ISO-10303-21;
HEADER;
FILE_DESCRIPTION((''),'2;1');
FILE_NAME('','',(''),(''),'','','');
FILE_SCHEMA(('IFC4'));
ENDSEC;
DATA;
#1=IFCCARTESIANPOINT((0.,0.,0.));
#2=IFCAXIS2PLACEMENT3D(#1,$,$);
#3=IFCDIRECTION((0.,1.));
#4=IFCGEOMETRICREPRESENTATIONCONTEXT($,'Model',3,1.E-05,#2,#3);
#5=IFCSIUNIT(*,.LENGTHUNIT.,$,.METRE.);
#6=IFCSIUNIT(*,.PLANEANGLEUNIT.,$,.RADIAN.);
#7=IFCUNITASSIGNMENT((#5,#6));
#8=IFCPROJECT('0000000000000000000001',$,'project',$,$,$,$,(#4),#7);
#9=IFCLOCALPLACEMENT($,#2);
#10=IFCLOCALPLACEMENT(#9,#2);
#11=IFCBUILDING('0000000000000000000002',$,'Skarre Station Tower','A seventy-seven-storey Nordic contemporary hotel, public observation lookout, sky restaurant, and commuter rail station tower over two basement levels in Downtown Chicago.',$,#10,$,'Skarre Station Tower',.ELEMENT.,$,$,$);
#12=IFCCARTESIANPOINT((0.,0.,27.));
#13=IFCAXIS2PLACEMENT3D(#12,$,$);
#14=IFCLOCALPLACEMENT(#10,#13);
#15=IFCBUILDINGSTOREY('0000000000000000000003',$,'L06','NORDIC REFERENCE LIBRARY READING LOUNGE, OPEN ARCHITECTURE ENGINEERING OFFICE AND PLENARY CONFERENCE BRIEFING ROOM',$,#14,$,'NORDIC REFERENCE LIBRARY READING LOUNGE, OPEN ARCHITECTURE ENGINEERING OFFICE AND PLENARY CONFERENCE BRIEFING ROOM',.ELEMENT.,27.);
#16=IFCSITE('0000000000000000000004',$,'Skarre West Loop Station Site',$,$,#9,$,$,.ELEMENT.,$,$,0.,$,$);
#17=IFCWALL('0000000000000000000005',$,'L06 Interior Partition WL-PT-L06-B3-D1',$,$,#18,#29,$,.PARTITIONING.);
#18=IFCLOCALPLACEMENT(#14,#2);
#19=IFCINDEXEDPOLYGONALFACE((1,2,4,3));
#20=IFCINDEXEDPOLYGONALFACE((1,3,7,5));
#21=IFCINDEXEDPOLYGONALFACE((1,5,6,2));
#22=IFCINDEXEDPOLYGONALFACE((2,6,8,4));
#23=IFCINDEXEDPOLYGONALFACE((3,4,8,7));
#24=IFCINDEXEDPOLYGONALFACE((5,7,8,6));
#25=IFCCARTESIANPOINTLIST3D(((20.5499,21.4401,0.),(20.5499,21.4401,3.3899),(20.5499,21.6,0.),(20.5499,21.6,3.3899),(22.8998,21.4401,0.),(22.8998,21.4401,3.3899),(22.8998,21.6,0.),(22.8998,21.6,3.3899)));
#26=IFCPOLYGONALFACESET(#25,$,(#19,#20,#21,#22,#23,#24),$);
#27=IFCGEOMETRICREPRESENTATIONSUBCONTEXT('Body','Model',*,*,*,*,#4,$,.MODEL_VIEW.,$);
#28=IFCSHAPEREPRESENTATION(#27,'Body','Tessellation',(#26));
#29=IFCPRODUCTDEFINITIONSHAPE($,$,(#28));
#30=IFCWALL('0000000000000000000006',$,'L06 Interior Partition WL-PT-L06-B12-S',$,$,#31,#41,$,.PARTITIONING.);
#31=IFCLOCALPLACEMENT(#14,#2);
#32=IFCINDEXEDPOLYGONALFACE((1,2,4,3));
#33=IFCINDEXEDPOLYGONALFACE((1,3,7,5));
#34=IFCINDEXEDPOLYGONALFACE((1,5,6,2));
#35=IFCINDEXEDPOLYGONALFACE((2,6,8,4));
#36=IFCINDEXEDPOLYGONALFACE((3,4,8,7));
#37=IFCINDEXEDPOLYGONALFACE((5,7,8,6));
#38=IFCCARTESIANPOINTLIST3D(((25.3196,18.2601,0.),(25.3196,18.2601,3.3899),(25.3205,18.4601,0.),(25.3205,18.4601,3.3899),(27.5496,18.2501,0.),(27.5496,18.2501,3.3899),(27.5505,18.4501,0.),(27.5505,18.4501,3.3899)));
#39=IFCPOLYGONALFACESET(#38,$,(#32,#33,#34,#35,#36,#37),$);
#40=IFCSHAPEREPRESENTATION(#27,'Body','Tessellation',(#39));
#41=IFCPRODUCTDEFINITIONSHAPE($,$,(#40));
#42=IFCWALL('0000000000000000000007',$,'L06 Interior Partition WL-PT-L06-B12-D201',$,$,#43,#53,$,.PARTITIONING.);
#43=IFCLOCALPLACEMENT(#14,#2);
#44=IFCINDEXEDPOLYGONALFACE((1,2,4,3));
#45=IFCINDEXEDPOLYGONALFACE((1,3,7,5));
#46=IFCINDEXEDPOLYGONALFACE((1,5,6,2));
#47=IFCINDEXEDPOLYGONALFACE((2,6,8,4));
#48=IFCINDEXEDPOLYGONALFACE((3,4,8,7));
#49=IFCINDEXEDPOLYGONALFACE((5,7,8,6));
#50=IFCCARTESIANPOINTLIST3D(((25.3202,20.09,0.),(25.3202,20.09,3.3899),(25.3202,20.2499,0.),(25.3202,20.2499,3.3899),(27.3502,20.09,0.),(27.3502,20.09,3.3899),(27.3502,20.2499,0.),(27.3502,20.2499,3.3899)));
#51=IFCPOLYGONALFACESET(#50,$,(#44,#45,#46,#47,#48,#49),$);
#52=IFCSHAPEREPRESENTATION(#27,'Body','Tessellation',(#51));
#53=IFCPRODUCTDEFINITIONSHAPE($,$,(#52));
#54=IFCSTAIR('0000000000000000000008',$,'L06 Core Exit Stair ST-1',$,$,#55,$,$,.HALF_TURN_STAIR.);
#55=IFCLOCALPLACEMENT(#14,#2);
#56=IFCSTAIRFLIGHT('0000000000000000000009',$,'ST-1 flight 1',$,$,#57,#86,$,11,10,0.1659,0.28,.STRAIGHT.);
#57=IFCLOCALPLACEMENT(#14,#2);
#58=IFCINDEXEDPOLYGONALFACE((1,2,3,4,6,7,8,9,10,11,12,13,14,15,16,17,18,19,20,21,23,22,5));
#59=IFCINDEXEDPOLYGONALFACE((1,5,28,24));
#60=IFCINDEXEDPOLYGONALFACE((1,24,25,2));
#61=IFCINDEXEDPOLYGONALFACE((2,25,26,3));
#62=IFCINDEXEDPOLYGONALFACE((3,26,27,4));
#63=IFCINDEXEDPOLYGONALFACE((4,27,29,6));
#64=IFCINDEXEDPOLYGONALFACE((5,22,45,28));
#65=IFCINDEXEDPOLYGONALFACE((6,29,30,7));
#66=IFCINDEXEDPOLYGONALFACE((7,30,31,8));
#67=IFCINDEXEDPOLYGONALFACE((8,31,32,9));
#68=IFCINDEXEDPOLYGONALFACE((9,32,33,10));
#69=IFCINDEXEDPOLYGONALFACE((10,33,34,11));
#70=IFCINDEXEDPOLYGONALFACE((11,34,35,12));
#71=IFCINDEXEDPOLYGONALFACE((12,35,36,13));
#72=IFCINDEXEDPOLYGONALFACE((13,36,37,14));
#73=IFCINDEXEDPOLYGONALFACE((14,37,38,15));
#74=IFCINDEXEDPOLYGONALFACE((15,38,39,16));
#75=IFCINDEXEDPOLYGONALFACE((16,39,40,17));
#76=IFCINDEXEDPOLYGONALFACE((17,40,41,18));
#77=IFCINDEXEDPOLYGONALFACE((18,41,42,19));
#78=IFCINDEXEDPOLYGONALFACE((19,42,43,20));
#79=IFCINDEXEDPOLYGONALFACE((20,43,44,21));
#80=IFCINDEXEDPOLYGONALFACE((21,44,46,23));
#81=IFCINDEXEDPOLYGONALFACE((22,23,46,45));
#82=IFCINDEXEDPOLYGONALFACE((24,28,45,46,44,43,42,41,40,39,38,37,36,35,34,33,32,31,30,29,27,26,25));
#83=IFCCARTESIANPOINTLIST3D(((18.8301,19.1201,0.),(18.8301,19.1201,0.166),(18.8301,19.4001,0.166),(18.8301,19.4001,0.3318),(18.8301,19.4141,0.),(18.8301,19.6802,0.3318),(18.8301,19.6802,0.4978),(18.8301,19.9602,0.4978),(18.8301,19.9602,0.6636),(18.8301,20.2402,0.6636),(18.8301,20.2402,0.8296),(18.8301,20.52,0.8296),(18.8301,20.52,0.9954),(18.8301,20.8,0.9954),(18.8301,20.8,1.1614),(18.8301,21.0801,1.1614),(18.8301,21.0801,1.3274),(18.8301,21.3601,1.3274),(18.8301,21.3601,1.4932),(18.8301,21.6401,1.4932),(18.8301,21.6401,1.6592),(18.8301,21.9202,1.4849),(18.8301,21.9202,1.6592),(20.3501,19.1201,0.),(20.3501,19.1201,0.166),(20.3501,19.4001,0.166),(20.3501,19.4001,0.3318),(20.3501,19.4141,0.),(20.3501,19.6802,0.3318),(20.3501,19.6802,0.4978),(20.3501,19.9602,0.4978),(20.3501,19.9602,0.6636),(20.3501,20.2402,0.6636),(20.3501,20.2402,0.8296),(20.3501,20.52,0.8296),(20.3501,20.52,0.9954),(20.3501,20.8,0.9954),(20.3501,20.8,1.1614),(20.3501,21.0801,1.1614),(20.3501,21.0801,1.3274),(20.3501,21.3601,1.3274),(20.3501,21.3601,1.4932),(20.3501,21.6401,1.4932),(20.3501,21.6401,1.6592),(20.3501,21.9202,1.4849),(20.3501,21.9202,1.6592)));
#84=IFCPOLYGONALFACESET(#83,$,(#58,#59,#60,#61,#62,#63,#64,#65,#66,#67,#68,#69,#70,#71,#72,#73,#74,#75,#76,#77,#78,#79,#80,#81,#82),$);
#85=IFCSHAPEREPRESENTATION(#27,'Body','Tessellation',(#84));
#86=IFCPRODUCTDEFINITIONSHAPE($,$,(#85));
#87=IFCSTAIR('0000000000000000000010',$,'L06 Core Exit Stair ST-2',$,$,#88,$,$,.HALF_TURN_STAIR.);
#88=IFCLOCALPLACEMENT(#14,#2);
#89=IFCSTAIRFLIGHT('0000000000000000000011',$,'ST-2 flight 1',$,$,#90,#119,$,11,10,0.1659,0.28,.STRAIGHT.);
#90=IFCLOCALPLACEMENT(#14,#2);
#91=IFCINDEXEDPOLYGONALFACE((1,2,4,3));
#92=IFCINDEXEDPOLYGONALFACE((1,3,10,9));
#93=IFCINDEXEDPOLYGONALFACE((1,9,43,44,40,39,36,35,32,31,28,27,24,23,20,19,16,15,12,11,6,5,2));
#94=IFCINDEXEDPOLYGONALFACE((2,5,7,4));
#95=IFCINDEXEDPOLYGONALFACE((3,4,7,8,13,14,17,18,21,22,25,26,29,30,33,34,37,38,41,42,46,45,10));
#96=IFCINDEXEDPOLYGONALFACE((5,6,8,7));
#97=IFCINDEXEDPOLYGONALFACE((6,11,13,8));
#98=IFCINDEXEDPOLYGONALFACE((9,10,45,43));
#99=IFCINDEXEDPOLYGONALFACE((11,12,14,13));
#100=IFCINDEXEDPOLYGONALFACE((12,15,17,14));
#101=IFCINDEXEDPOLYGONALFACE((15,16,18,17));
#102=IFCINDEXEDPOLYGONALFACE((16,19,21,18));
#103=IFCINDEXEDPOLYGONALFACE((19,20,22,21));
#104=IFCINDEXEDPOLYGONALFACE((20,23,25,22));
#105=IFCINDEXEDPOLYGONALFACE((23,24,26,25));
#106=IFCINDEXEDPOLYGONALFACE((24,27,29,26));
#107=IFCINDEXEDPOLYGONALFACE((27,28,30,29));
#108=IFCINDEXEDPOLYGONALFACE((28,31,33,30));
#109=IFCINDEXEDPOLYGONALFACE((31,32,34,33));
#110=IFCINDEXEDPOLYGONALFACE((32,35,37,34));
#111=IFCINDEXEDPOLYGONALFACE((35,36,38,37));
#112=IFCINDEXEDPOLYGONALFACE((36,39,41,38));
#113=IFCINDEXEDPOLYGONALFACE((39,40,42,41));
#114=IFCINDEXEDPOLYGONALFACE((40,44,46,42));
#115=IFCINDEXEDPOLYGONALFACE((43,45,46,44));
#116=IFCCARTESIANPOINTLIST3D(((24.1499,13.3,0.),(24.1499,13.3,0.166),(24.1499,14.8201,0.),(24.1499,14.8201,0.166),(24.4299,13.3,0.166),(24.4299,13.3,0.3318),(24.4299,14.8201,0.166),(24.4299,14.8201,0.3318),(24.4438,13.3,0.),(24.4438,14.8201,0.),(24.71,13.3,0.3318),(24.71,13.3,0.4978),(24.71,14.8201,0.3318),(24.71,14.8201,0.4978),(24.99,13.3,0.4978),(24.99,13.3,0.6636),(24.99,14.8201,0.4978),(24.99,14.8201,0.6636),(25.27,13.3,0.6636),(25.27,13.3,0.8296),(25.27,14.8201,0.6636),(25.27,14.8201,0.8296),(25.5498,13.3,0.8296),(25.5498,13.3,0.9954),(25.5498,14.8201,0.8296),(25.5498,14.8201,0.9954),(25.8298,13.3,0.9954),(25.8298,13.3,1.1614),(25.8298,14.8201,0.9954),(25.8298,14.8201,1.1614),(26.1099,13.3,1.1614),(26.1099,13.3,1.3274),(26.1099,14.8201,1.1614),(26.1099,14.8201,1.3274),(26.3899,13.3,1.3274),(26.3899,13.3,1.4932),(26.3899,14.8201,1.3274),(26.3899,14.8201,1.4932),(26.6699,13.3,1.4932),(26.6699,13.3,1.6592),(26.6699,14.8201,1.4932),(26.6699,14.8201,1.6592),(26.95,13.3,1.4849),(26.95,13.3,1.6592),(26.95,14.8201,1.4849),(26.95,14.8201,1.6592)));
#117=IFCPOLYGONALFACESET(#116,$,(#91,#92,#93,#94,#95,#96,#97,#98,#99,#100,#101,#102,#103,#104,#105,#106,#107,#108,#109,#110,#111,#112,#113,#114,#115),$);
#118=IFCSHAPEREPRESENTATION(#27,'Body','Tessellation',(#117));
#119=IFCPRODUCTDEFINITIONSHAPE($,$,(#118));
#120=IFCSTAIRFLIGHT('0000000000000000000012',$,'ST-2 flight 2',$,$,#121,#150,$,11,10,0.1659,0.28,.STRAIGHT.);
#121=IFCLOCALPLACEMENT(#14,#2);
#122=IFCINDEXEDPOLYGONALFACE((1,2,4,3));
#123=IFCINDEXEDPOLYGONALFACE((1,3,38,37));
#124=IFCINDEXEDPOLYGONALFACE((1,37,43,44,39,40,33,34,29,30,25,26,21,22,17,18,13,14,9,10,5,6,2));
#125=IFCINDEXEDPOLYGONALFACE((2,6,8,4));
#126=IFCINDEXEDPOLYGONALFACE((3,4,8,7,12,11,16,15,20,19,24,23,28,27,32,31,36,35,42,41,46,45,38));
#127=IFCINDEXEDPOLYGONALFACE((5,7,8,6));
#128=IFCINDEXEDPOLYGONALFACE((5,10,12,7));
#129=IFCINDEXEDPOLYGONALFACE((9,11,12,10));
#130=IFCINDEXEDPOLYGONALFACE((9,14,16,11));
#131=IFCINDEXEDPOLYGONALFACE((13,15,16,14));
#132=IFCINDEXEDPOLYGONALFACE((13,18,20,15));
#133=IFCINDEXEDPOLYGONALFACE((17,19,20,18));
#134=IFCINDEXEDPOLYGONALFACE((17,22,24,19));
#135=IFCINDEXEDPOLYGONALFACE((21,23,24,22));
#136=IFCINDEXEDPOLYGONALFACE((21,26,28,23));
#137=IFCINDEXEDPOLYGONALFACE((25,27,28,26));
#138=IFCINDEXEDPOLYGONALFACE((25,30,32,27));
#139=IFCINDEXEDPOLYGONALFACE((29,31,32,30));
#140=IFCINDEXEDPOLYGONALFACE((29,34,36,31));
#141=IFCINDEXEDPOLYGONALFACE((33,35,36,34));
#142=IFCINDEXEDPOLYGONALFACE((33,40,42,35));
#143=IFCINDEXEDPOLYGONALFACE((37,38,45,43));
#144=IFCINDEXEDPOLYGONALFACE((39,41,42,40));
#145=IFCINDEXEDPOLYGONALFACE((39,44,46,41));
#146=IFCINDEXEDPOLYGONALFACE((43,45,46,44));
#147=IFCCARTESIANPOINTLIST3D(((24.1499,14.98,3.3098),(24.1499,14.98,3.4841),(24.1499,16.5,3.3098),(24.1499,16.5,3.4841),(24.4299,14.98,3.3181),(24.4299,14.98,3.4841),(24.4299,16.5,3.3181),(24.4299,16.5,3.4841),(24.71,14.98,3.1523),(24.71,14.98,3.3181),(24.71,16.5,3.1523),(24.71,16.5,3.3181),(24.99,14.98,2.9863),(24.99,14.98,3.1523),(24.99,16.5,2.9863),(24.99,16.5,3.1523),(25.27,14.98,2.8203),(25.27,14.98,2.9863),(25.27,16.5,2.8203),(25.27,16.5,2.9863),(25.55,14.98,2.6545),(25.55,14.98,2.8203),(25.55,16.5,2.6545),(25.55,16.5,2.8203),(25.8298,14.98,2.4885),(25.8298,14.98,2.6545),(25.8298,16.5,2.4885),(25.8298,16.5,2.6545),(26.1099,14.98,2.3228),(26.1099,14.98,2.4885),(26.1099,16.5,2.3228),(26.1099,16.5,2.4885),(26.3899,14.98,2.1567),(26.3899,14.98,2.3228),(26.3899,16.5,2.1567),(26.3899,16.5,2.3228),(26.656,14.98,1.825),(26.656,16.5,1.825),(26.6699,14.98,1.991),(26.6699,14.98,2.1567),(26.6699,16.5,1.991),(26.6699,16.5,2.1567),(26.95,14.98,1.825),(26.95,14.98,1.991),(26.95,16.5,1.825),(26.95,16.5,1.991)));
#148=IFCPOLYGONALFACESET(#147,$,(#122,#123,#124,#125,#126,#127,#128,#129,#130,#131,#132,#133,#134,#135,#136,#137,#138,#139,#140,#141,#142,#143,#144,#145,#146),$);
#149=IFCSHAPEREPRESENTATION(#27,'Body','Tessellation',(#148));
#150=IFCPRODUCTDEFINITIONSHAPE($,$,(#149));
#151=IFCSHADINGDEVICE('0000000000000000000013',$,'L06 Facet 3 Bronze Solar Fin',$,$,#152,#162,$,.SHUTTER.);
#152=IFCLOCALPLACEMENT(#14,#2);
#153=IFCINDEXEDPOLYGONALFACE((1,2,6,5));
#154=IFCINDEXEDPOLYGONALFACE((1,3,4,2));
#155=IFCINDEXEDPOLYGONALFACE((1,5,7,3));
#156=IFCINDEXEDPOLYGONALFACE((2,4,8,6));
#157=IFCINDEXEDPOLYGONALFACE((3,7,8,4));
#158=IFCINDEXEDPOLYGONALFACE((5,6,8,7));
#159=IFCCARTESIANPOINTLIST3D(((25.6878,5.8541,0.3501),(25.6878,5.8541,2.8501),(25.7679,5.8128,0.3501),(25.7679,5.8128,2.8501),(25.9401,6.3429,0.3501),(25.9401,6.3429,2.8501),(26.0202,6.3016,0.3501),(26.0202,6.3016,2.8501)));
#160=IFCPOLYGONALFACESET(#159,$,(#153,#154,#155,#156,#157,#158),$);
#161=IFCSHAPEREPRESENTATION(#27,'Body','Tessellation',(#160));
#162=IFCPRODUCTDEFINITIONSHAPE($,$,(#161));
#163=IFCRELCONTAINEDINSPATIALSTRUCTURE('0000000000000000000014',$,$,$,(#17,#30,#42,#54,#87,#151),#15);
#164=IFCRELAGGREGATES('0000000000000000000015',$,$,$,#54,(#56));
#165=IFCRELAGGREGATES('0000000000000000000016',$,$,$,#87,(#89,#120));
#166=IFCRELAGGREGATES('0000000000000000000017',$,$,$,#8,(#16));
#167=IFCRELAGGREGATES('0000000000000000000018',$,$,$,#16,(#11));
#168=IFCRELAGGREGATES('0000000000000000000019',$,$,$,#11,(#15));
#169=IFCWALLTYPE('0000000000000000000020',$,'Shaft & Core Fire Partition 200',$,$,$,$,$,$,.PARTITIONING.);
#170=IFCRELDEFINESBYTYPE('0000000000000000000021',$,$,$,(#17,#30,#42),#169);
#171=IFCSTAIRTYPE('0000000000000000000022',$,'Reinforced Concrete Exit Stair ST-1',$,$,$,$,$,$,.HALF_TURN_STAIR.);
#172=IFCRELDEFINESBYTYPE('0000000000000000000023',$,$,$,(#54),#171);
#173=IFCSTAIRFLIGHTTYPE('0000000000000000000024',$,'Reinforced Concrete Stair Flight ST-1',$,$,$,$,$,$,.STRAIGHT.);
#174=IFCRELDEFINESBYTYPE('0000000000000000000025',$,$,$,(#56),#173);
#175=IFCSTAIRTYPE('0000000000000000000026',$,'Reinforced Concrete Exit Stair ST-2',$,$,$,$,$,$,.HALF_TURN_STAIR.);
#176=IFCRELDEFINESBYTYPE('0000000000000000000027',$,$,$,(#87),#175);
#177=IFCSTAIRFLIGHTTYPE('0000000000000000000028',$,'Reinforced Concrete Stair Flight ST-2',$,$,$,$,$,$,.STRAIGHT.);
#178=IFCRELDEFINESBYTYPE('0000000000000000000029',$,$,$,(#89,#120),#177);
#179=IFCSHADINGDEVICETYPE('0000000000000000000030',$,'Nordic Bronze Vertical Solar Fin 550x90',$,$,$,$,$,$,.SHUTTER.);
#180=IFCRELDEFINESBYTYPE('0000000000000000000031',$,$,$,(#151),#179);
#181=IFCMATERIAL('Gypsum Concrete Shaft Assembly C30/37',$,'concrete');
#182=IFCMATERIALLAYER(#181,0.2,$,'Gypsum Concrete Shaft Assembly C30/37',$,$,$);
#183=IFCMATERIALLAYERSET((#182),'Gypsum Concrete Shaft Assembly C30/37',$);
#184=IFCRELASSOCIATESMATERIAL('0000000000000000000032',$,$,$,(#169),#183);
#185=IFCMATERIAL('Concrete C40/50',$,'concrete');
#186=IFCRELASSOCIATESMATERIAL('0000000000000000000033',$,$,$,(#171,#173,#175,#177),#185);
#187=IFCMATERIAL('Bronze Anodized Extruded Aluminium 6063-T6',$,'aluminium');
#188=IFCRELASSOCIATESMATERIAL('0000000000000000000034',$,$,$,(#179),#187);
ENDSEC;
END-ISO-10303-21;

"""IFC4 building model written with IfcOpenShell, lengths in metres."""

from ifc_helpers import new_model, si_unit, direction, frame, frame_2d, origin, origin_2d, place, context, subcontext, project, spatial, polyline, rectangle, outline, extrude, material, layer, layer_set, type_object, element, aggregate, save


model = new_model("IFC4")

# Units and contexts
model_context = context("Model", 3, precision=1e-05, world=origin(), true_north=direction((0.0, 1.0)))
body_context = subcontext(model_context, "Body", "Model", "MODEL_VIEW")
ifc_project = project(units=[si_unit("LENGTHUNIT", "METRE"), si_unit("PLANEANGLEUNIT", "RADIAN")], contexts=[model_context])

# Site, building, storey
site_placement = place(None, origin())
site = spatial("IfcSite", under=ifc_project, at=site_placement, Name="Skarre West Loop Station Site", CompositionType="ELEMENT", RefElevation=0.0)
building_placement = place(site_placement, origin())
building = spatial("IfcBuilding", under=site, at=building_placement, Name="Skarre Station Tower", Description="A seventy-seven-storey Nordic contemporary hotel, public observation lookout, sky restaurant, and commuter rail station tower over two basement levels in Downtown Chicago.", LongName="Skarre Station Tower", CompositionType="ELEMENT")
storey_placement = place(building_placement, frame((0.0, 0.0, 27.0)))
storey = spatial("IfcBuildingStorey", under=building, at=storey_placement, Name="L06", Description="NORDIC REFERENCE LIBRARY READING LOUNGE, OPEN ARCHITECTURE ENGINEERING OFFICE AND PLENARY CONFERENCE BRIEFING ROOM", LongName="NORDIC REFERENCE LIBRARY READING LOUNGE, OPEN ARCHITECTURE ENGINEERING OFFICE AND PLENARY CONFERENCE BRIEFING ROOM", CompositionType="ELEMENT", Elevation=27.0)

# Walls
ifc_material_1 = material(Name="Gypsum Concrete Shaft Assembly C30/37", Category="concrete")
ifc_layer_1 = layer(ifc_material_1, 0.2, Name="Gypsum Concrete Shaft Assembly C30/37")
ifc_layer_set_1 = layer_set([ifc_layer_1], Name="Gypsum Concrete Shaft Assembly C30/37")
wall_type_1 = type_object("IfcWallType", Name="Shaft & Core Fire Partition 200", PredefinedType="PARTITIONING", material=ifc_layer_set_1)
wall_1_placement = place(storey_placement, frame((20.55, 21.52, 0.0), z_axis=(0.0, 0.0, 1.0), x_axis=(1.0, 0.0, 0.0)))
element("IfcWall", 1, at=wall_1_placement, inside=storey, type_object=wall_type_1, Name="L06 Interior Partition WL-PT-L06-B3-D1", PredefinedType="PARTITIONING", context=body_context, shape_type="SweptSolid", body=[
    extrude(rectangle(XDim=2.3499, YDim=0.1599, at=frame_2d((1.1748, 0.0))), origin(), (0.0, 0.0, 1.0), 3.3899),
])
wall_2_placement = place(storey_placement, frame((25.3201, 18.3601, 0.0), z_axis=(0.0, 0.0, 1.0), x_axis=(0.99999, -0.004489, 0.0)))
element("IfcWall", 2, at=wall_2_placement, inside=storey, type_object=wall_type_1, Name="L06 Interior Partition WL-PT-L06-B12-S", PredefinedType="PARTITIONING", context=body_context, shape_type="SweptSolid", body=[
    extrude(rectangle(XDim=2.23, YDim=0.2, at=frame_2d((1.115, 0.0))), origin(), (0.0, 0.0, 1.0), 3.3899),
])
wall_3_placement = place(storey_placement, frame((25.3201, 20.1699, 0.0), z_axis=(0.0, 0.0, 1.0), x_axis=(1.0, 0.0, 0.0)))
element("IfcWall", 3, at=wall_3_placement, inside=storey, type_object=wall_type_1, Name="L06 Interior Partition WL-PT-L06-B12-D201", PredefinedType="PARTITIONING", context=body_context, shape_type="SweptSolid", body=[
    extrude(rectangle(XDim=2.03, YDim=0.1599, at=frame_2d((1.0151, 0.0))), origin(), (0.0, 0.0, 1.0), 3.3899),
])

# Stair, stair flight
ifc_material_2 = material(Name="Concrete C40/50", Category="concrete")
stair_type_1 = type_object("IfcStairType", Name="Reinforced Concrete Exit Stair ST-1", PredefinedType="HALF_TURN_STAIR", material=ifc_material_2)
stair_1_placement = place(storey_placement, origin())
stair_1 = element("IfcStair", 4, at=stair_1_placement, inside=storey, type_object=stair_type_1, Name="L06 Core Exit Stair ST-1", PredefinedType="HALF_TURN_STAIR")
stair_flight_type_1 = type_object("IfcStairFlightType", Name="Reinforced Concrete Stair Flight ST-1", PredefinedType="STRAIGHT", material=ifc_material_2)
stair_flight_1_placement = place(storey_placement, frame((19.5901, 19.1201, 0.0), z_axis=(0.0, 0.0, 1.0), x_axis=(0.0, 1.0, 0.0)))
stair_flight_1 = element("IfcStairFlight", 5, at=stair_flight_1_placement, type_object=stair_flight_type_1, Name="ST-1 flight 1", NumberOfRisers=11, NumberOfTreads=10, PredefinedType="STRAIGHT", RiserHeight=0.1659, TreadLength=0.28, context=body_context, shape_type="SweptSolid", body=[
    extrude(outline(polyline([(0.0, 0.0), (0.0, 0.166), (0.28, 0.166), (0.28, 0.3318), (0.5601, 0.3318), (0.5601, 0.4978), (0.8401, 0.4978), (0.8401, 0.6636), (1.1201, 0.6636), (1.1201, 0.8296), (1.3999, 0.8296), (1.3999, 0.9954), (1.6799, 0.9954), (1.6799, 1.1614), (1.96, 1.1614), (1.96, 1.3274), (2.24, 1.3274), (2.24, 1.4932), (2.52, 1.4932), (2.52, 1.6592), (2.8, 1.6592), (2.8, 1.825), (2.8, 1.4849), (0.2939, 0.0), (0.0, 0.0)])), frame((0.0, 0.76, 0.0), z_axis=(0.0, -1.0, 0.0), x_axis=(1.0, 0.0, 0.0)), (0.0, 0.0, 1.0), 1.52),
])
aggregate(stair_1, [stair_flight_1])

# Stair, stair flights
stair_type_2 = type_object("IfcStairType", Name="Reinforced Concrete Exit Stair ST-2", PredefinedType="HALF_TURN_STAIR", material=ifc_material_2)
stair_2_placement = place(storey_placement, origin())
stair_2 = element("IfcStair", 6, at=stair_2_placement, inside=storey, type_object=stair_type_2, Name="L06 Core Exit Stair ST-2", PredefinedType="HALF_TURN_STAIR")
stair_flight_type_2 = type_object("IfcStairFlightType", Name="Reinforced Concrete Stair Flight ST-2", PredefinedType="STRAIGHT", material=ifc_material_2)
stair_flight_2_placement = place(storey_placement, frame((24.1499, 14.0601, 0.0), z_axis=(0.0, 0.0, 1.0), x_axis=(1.0, 0.0, 0.0)))
stair_flight_2 = element("IfcStairFlight", 7, at=stair_flight_2_placement, type_object=stair_flight_type_2, Name="ST-2 flight 1", NumberOfRisers=11, NumberOfTreads=10, PredefinedType="STRAIGHT", RiserHeight=0.1659, TreadLength=0.28, context=body_context, shape_type="SweptSolid", body=[
    extrude(outline(polyline([(0.0, 0.0), (0.0, 0.166), (0.28, 0.166), (0.28, 0.3318), (0.5601, 0.3318), (0.5601, 0.4978), (0.8401, 0.4978), (0.8401, 0.6636), (1.1201, 0.6636), (1.1201, 0.8296), (1.3999, 0.8296), (1.3999, 0.9954), (1.6799, 0.9954), (1.6799, 1.1614), (1.96, 1.1614), (1.96, 1.3274), (2.24, 1.3274), (2.24, 1.4932), (2.52, 1.4932), (2.52, 1.6592), (2.8, 1.6592), (2.8, 1.825), (2.8, 1.4849), (0.2939, 0.0), (0.0, 0.0)])), frame((0.0, 0.76, 0.0), z_axis=(0.0, -1.0, 0.0), x_axis=(1.0, 0.0, 0.0)), (0.0, 0.0, 1.0), 1.52),
])
stair_flight_3_placement = place(storey_placement, frame((26.95, 15.74, 1.825), z_axis=(0.0, 0.0, 1.0), x_axis=(-1.0, 0.0, 0.0)))
stair_flight_3 = element("IfcStairFlight", 8, at=stair_flight_3_placement, type_object=stair_flight_type_2, Name="ST-2 flight 2", NumberOfRisers=11, NumberOfTreads=10, PredefinedType="STRAIGHT", RiserHeight=0.1659, TreadLength=0.28, context=body_context, shape_type="SweptSolid", body=[
    extrude(outline(polyline([(0.0, 0.0), (0.0, 0.166), (0.28, 0.166), (0.28, 0.3318), (0.5601, 0.3318), (0.5601, 0.4978), (0.8401, 0.4978), (0.8401, 0.6636), (1.1201, 0.6636), (1.1201, 0.8296), (1.3999, 0.8296), (1.3999, 0.9954), (1.6799, 0.9954), (1.6799, 1.1614), (1.96, 1.1614), (1.96, 1.3274), (2.24, 1.3274), (2.24, 1.4932), (2.52, 1.4932), (2.52, 1.6592), (2.8, 1.6592), (2.8, 1.825), (2.8, 1.4849), (0.2939, 0.0), (0.0, 0.0)])), frame((0.0, 0.76, 0.0), z_axis=(0.0, -1.0, 0.0), x_axis=(1.0, 0.0, 0.0)), (0.0, 0.0, 1.0), 1.52),
])
aggregate(stair_2, [stair_flight_2, stair_flight_3])

# Shading device
ifc_material_3 = material(Name="Bronze Anodized Extruded Aluminium 6063-T6", Category="aluminium")
shading_device_type = type_object("IfcShadingDeviceType", Name="Nordic Bronze Vertical Solar Fin 550x90", PredefinedType="SHUTTER", material=ifc_material_3)
shading_device_placement = place(storey_placement, frame((25.854, 6.0779, 0.3501), z_axis=(0.0, 0.0, 1.0), x_axis=(-0.458619, -0.888633, 0.0)))
element("IfcShadingDevice", 9, at=shading_device_placement, inside=storey, type_object=shading_device_type, Name="L06 Facet 3 Bronze Solar Fin", PredefinedType="SHUTTER", context=body_context, shape_type="SweptSolid", body=[
    extrude(rectangle(XDim=0.55, YDim=0.0901, at=origin_2d()), origin(), (0.0, 0.0, 1.0), 2.5),
])

save(model, "model.ifc")
